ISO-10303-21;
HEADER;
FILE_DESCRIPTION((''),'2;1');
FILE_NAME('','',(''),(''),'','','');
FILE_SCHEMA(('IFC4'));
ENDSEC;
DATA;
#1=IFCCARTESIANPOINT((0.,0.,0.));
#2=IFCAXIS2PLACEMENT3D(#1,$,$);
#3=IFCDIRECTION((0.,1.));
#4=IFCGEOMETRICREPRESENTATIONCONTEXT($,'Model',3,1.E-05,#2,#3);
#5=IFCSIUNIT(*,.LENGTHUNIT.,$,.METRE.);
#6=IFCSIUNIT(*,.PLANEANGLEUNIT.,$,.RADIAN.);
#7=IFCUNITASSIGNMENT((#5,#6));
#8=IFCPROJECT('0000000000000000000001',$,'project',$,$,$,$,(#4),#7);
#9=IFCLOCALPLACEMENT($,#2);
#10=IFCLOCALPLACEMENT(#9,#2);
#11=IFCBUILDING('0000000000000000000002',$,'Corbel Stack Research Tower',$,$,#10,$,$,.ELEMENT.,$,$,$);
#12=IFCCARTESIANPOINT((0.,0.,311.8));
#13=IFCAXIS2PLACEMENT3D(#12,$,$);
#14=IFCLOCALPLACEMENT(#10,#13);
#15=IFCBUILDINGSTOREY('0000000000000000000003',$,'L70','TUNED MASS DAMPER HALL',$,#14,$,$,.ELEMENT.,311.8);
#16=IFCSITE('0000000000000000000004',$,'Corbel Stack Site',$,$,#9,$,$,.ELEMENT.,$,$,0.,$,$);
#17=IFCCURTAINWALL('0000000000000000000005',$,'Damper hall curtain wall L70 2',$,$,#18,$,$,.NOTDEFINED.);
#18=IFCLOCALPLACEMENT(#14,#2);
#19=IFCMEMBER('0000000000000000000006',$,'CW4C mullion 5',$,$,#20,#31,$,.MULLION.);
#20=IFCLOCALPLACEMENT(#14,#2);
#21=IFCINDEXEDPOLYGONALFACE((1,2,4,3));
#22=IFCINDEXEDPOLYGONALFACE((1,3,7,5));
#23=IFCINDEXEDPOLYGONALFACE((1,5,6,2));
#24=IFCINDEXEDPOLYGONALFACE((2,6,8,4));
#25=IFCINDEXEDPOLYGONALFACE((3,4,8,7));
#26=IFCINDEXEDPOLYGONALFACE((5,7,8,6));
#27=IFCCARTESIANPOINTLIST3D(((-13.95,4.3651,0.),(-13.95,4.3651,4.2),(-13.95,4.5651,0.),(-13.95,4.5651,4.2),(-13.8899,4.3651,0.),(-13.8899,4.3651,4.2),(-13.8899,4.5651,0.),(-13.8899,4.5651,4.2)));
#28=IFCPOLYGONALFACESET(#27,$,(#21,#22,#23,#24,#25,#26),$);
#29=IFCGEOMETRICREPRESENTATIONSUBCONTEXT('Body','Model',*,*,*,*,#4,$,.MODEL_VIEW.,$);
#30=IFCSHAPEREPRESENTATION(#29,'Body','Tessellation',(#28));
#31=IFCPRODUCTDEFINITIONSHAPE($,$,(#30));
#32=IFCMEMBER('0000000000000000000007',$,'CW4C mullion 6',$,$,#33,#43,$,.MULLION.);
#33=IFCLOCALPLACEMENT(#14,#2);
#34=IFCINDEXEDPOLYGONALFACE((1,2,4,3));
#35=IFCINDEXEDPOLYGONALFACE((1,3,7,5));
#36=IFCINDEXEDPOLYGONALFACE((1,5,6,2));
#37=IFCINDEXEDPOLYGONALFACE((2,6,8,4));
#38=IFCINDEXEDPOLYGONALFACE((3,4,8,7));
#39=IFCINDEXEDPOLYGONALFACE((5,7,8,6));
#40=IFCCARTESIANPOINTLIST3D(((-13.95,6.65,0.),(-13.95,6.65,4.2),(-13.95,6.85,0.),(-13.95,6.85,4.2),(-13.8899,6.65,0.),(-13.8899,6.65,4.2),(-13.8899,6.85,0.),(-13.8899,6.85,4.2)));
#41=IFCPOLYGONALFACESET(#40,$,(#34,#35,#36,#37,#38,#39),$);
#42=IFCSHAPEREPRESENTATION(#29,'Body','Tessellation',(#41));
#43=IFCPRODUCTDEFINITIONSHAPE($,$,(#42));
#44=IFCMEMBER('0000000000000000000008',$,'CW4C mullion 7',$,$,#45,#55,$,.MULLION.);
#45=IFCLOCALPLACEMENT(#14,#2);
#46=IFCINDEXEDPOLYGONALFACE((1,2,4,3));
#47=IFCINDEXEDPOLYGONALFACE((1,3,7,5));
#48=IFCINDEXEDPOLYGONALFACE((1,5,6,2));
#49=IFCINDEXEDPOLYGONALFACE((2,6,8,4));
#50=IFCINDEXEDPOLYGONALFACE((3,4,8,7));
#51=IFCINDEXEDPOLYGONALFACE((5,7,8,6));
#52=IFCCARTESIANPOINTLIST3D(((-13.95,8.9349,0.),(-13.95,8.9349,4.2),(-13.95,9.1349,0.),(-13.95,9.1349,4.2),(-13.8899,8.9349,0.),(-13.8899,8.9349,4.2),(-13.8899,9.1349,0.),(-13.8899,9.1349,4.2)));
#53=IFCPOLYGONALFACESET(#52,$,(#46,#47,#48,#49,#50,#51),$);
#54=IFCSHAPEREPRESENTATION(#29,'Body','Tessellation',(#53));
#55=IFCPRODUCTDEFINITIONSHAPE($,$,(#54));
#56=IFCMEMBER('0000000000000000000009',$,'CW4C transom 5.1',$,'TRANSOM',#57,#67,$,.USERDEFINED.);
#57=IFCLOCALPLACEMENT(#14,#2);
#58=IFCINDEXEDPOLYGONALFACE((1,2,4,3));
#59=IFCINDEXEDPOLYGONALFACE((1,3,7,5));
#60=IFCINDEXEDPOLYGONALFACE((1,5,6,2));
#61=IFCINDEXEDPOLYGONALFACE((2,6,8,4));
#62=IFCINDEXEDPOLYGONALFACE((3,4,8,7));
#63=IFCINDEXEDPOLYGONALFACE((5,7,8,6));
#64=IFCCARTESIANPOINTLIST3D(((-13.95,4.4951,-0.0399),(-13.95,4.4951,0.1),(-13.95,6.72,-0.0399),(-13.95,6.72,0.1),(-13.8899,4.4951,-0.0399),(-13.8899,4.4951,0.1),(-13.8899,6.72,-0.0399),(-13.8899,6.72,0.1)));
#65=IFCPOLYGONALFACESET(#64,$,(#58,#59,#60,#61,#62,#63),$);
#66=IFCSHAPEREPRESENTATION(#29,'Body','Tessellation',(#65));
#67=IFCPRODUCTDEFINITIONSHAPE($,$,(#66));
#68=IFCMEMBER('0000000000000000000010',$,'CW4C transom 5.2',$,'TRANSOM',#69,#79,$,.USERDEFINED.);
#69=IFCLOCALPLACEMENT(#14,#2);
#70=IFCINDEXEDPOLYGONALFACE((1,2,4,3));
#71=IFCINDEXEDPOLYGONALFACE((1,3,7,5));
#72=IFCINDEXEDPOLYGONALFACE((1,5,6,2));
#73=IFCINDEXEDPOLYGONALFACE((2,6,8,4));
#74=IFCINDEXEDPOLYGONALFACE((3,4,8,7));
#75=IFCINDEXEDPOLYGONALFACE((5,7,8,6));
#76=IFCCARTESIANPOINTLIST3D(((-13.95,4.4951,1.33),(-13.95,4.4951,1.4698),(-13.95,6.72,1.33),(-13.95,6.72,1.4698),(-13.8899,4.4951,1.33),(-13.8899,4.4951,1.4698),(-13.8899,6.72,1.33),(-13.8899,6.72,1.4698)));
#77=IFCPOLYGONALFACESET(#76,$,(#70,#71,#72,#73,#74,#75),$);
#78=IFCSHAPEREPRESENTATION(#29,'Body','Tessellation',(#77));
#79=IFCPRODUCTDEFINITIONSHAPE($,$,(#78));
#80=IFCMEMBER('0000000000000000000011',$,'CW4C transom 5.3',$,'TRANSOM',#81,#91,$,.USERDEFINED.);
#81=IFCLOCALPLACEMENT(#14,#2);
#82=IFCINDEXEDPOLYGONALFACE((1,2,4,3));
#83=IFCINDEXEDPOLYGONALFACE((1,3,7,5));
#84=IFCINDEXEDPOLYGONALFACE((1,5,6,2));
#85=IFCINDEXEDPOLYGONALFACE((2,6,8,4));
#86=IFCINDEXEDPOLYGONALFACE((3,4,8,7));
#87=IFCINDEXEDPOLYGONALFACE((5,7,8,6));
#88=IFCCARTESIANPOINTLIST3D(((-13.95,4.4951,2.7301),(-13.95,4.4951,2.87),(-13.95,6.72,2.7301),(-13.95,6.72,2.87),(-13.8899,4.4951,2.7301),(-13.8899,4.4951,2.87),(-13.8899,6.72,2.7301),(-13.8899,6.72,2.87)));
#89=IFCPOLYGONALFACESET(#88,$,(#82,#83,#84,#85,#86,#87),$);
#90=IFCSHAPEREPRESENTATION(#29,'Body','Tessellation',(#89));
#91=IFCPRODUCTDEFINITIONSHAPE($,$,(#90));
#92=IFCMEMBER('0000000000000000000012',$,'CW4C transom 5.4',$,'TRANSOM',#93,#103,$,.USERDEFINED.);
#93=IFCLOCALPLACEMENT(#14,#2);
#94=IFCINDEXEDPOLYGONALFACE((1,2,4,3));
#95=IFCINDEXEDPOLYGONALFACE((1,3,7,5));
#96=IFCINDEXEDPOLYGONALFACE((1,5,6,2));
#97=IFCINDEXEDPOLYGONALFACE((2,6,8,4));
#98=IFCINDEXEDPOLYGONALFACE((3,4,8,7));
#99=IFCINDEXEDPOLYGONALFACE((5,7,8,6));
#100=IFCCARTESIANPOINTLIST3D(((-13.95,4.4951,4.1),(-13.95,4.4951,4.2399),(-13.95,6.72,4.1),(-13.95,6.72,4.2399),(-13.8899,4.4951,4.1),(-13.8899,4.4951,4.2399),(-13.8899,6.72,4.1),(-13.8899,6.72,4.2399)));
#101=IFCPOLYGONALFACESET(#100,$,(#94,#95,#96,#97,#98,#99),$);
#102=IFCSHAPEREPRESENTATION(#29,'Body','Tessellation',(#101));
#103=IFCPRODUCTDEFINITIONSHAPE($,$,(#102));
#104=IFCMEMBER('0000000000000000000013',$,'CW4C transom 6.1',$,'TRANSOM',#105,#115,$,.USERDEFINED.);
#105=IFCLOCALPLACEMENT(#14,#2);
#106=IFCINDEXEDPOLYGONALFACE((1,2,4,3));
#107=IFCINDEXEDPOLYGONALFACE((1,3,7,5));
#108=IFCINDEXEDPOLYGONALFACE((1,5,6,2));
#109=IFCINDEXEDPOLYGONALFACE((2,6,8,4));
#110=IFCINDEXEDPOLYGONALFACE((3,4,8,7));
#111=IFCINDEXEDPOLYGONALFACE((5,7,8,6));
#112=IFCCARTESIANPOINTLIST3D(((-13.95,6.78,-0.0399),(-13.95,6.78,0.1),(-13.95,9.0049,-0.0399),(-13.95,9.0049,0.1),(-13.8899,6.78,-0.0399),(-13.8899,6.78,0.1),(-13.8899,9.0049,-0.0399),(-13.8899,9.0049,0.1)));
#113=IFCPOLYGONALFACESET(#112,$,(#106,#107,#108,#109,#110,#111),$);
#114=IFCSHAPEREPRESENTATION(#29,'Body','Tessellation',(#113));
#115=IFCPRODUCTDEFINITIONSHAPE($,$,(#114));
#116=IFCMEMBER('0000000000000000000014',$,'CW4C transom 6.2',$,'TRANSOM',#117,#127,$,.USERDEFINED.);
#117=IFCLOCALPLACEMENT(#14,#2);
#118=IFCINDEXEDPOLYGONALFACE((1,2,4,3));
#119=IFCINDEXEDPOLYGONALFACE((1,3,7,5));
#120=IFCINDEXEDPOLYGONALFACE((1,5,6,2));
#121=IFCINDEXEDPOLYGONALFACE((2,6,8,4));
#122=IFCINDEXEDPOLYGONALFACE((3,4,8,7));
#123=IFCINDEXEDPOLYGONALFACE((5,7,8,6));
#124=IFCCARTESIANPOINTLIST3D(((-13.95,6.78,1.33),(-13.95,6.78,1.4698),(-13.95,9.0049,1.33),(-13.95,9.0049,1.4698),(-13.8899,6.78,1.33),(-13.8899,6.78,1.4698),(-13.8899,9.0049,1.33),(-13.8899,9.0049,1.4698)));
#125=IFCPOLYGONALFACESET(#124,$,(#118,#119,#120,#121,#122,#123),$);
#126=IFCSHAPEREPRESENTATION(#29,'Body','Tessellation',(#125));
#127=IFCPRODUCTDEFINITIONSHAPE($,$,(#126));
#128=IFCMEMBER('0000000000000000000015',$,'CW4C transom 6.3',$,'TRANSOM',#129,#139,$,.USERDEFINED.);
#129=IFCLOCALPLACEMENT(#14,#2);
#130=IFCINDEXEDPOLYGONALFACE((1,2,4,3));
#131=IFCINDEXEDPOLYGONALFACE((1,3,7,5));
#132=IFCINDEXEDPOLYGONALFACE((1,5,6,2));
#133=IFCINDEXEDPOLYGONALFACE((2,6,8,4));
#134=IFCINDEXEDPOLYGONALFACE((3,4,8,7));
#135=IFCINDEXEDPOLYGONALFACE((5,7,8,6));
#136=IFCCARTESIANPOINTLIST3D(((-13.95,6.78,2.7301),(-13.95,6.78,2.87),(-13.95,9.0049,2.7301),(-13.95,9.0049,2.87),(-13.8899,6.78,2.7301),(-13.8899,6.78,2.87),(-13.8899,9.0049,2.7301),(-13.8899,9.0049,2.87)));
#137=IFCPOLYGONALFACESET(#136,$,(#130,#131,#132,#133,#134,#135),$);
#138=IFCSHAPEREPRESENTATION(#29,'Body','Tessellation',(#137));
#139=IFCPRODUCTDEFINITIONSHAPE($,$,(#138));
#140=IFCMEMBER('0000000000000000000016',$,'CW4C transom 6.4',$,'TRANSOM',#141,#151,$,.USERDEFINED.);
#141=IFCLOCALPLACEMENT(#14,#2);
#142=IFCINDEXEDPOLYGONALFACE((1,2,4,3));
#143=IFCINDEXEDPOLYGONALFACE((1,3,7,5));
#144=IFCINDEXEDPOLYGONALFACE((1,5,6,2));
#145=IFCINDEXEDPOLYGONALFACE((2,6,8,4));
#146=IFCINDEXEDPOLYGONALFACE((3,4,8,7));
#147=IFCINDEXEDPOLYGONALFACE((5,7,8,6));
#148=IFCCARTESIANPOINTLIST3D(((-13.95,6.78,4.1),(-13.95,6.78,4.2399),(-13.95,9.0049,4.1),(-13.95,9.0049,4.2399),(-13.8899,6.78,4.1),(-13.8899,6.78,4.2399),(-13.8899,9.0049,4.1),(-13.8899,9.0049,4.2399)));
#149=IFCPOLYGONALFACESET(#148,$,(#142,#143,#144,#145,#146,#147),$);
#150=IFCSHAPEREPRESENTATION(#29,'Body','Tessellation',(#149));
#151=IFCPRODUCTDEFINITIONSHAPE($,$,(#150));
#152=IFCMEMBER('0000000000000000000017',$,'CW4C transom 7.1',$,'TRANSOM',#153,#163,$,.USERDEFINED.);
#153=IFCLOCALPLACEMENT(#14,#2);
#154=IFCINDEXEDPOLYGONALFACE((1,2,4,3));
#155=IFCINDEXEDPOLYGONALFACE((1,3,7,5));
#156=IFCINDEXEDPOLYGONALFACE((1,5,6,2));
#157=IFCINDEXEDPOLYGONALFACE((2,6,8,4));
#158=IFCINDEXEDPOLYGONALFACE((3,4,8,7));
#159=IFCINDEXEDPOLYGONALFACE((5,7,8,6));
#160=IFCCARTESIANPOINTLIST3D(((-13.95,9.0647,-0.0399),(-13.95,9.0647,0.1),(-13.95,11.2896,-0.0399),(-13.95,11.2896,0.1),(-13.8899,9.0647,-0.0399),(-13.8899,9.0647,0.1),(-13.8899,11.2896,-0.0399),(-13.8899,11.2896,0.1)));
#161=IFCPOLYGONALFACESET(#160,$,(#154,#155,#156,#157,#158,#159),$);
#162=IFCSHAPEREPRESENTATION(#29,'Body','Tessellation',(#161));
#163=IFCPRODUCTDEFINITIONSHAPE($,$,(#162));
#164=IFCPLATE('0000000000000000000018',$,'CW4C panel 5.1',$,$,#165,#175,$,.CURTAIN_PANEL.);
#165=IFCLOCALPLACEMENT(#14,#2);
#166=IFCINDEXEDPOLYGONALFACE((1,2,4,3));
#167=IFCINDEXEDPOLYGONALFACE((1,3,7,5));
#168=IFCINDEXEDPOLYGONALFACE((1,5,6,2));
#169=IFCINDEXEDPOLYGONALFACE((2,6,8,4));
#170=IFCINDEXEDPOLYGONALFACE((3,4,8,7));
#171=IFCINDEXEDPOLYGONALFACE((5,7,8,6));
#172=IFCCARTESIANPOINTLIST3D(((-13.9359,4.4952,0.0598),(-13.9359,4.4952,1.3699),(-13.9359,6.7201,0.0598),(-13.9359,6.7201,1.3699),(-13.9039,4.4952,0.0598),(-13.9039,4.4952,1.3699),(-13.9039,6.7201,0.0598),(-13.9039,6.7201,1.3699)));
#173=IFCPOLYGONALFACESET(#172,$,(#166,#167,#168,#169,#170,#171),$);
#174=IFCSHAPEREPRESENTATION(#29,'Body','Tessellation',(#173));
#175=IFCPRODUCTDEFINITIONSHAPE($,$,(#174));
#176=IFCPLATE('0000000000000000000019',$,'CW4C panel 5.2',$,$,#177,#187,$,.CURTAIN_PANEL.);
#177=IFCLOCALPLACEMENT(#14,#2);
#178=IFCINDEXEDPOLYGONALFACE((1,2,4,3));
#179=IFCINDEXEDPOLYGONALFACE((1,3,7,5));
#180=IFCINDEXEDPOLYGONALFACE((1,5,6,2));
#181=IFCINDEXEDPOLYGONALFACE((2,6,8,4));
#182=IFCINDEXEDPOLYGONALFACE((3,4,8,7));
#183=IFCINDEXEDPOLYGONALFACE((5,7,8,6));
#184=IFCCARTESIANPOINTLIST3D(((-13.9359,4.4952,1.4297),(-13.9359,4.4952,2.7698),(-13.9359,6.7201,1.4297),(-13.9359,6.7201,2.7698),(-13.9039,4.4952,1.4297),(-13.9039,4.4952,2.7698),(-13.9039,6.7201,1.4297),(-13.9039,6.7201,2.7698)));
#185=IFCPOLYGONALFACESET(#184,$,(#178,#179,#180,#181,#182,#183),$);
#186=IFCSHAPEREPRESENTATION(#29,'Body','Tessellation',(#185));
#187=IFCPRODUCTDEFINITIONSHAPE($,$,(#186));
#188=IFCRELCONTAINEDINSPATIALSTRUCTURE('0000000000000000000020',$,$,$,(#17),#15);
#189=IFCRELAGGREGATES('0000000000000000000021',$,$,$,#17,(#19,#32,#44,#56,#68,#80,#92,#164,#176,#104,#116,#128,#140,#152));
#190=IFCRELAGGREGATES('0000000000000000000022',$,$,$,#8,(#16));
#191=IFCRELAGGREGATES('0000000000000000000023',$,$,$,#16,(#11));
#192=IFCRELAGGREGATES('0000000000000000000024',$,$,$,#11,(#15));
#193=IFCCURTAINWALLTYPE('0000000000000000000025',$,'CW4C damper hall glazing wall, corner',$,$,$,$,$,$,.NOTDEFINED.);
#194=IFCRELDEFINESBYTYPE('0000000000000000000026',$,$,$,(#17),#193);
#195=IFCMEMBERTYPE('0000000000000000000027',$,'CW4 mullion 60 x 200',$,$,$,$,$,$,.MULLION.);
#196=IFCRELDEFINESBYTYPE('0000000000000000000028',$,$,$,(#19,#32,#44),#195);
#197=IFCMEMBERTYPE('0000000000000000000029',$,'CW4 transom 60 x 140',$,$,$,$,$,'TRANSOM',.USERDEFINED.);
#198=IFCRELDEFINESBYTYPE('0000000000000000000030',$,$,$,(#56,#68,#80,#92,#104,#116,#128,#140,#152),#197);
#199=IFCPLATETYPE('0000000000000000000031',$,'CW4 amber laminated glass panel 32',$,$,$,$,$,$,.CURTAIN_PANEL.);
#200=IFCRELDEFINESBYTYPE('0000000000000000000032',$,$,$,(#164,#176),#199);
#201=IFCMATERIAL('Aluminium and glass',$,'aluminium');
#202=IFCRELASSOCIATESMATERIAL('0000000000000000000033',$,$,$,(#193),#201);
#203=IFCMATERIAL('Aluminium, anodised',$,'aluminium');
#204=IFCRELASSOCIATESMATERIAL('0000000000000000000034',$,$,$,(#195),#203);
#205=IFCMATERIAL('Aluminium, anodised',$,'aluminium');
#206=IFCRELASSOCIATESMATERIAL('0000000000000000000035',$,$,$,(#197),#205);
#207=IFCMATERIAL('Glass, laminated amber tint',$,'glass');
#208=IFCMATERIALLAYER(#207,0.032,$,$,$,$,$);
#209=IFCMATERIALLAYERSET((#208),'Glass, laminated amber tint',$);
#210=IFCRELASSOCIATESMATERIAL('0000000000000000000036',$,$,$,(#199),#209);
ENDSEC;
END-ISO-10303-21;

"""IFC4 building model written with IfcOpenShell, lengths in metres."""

from ifc_helpers import new_model, si_unit, direction, frame, origin, origin_2d, place, context, subcontext, project, spatial, rectangle, extrude, material, layer, layer_set, material_profile, profile_set, type_object, element, aggregate, save


model = new_model("IFC4")

# Units and contexts
model_context = context("Model", 3, precision=1e-05, world=origin(), true_north=direction((0.0, 1.0)))
body_context = subcontext(model_context, "Body", "Model", "MODEL_VIEW")
ifc_project = project(units=[si_unit("LENGTHUNIT", "METRE"), si_unit("PLANEANGLEUNIT", "RADIAN")], contexts=[model_context])

# Site, building, storey
site_placement = place(None, origin())
site = spatial("IfcSite", under=ifc_project, at=site_placement, Name="Corbel Stack Site", CompositionType="ELEMENT", RefElevation=0.0)
building_placement = place(site_placement, origin())
building = spatial("IfcBuilding", under=site, at=building_placement, Name="Corbel Stack Research Tower", CompositionType="ELEMENT")
storey_placement = place(building_placement, frame((0.0, 0.0, 311.8)))
storey = spatial("IfcBuildingStorey", under=building, at=storey_placement, Name="L70", Description="TUNED MASS DAMPER HALL", CompositionType="ELEMENT", Elevation=311.8)

# Curtain wall, members, plates
ifc_material_1 = material(Name="Aluminium and glass", Category="aluminium")
curtain_wall_type = type_object("IfcCurtainWallType", Name="CW4C damper hall glazing wall, corner", PredefinedType="NOTDEFINED", material=ifc_material_1)
curtain_wall_placement = place(storey_placement, origin())
curtain_wall = element("IfcCurtainWall", 1, at=curtain_wall_placement, inside=storey, type_object=curtain_wall_type, Name="Damper hall curtain wall L70 2", PredefinedType="NOTDEFINED")
ifc_material_2 = material(Name="Aluminium, anodised", Category="aluminium")
ifc_material_profile_1 = material_profile(ifc_material_2, rectangle(XDim=0.0601, YDim=0.2, at=origin_2d()), Name="CW4 mullion 60 x 200")
ifc_profile_set_1 = profile_set([ifc_material_profile_1], Name="Aluminium, anodised")
member_type_1 = type_object("IfcMemberType", Name="CW4 mullion 60 x 200", PredefinedType="MULLION", material=ifc_profile_set_1)
member_1_placement = place(storey_placement, frame((-13.9199, 4.4651, 0.0), z_axis=(0.0, 0.0, 1.0), x_axis=(-1.0, 0.0, 0.0)))
member_1 = element("IfcMember", 2, at=member_1_placement, type_object=member_type_1, Name="CW4C mullion 5", PredefinedType="MULLION", context=body_context, shape_type="SweptSolid", body=[
    extrude(rectangle(XDim=0.0601, YDim=0.2, at=origin_2d()), origin(), (0.0, 0.0, 1.0), 4.2),
])
member_2_placement = place(storey_placement, frame((-13.9199, 6.75, 0.0), z_axis=(0.0, 0.0, 1.0), x_axis=(-1.0, 0.0, 0.0)))
member_2 = element("IfcMember", 3, at=member_2_placement, type_object=member_type_1, Name="CW4C mullion 6", PredefinedType="MULLION", context=body_context, shape_type="SweptSolid", body=[
    extrude(rectangle(XDim=0.0601, YDim=0.2, at=origin_2d()), origin(), (0.0, 0.0, 1.0), 4.2),
])
member_3_placement = place(storey_placement, frame((-13.9199, 9.0349, 0.0), z_axis=(0.0, 0.0, 1.0), x_axis=(-1.0, 0.0, 0.0)))
member_3 = element("IfcMember", 4, at=member_3_placement, type_object=member_type_1, Name="CW4C mullion 7", PredefinedType="MULLION", context=body_context, shape_type="SweptSolid", body=[
    extrude(rectangle(XDim=0.0601, YDim=0.2, at=origin_2d()), origin(), (0.0, 0.0, 1.0), 4.2),
])
ifc_material_3 = material(Name="Aluminium, anodised", Category="aluminium")
ifc_material_profile_2 = material_profile(ifc_material_3, rectangle(XDim=0.0601, YDim=0.1399, at=origin_2d()), Name="CW4 transom 60 x 140")
ifc_profile_set_2 = profile_set([ifc_material_profile_2], Name="Aluminium, anodised")
member_type_2 = type_object("IfcMemberType", Name="CW4 transom 60 x 140", ElementType="TRANSOM", PredefinedType="USERDEFINED", material=ifc_profile_set_2)
member_4_placement = place(storey_placement, frame((-13.9199, 4.4951, 0.03), z_axis=(0.0, 1.0, 0.0), x_axis=(-1.0, 0.0, 0.0)))
member_4 = element("IfcMember", 5, at=member_4_placement, type_object=member_type_2, Name="CW4C transom 5.1", ObjectType="TRANSOM", PredefinedType="USERDEFINED", context=body_context, shape_type="SweptSolid", body=[
    extrude(rectangle(XDim=0.0601, YDim=0.1399, at=origin_2d()), origin(), (0.0, 0.0, 1.0), 2.2249),
])
member_5_placement = place(storey_placement, frame((-13.9199, 4.4951, 1.3999), z_axis=(0.0, 1.0, 0.0), x_axis=(-1.0, 0.0, 0.0)))
member_5 = element("IfcMember", 6, at=member_5_placement, type_object=member_type_2, Name="CW4C transom 5.2", ObjectType="TRANSOM", PredefinedType="USERDEFINED", context=body_context, shape_type="SweptSolid", body=[
    extrude(rectangle(XDim=0.0601, YDim=0.1399, at=origin_2d()), origin(), (0.0, 0.0, 1.0), 2.2249),
])
member_6_placement = place(storey_placement, frame((-13.9199, 4.4951, 2.8), z_axis=(0.0, 1.0, 0.0), x_axis=(-1.0, 0.0, 0.0)))
member_6 = element("IfcMember", 7, at=member_6_placement, type_object=member_type_2, Name="CW4C transom 5.3", ObjectType="TRANSOM", PredefinedType="USERDEFINED", context=body_context, shape_type="SweptSolid", body=[
    extrude(rectangle(XDim=0.0601, YDim=0.1399, at=origin_2d()), origin(), (0.0, 0.0, 1.0), 2.2249),
])
member_7_placement = place(storey_placement, frame((-13.9199, 4.4951, 4.1699), z_axis=(0.0, 1.0, 0.0), x_axis=(-1.0, 0.0, 0.0)))
member_7 = element("IfcMember", 8, at=member_7_placement, type_object=member_type_2, Name="CW4C transom 5.4", ObjectType="TRANSOM", PredefinedType="USERDEFINED", context=body_context, shape_type="SweptSolid", body=[
    extrude(rectangle(XDim=0.0601, YDim=0.1399, at=origin_2d()), origin(), (0.0, 0.0, 1.0), 2.2249),
])
member_8_placement = place(storey_placement, frame((-13.9199, 6.78, 0.03), z_axis=(0.0, 1.0, 0.0), x_axis=(-1.0, 0.0, 0.0)))
member_8 = element("IfcMember", 9, at=member_8_placement, type_object=member_type_2, Name="CW4C transom 6.1", ObjectType="TRANSOM", PredefinedType="USERDEFINED", context=body_context, shape_type="SweptSolid", body=[
    extrude(rectangle(XDim=0.0601, YDim=0.1399, at=origin_2d()), origin(), (0.0, 0.0, 1.0), 2.2249),
])
member_9_placement = place(storey_placement, frame((-13.9199, 6.78, 1.3999), z_axis=(0.0, 1.0, 0.0), x_axis=(-1.0, 0.0, 0.0)))
member_9 = element("IfcMember", 10, at=member_9_placement, type_object=member_type_2, Name="CW4C transom 6.2", ObjectType="TRANSOM", PredefinedType="USERDEFINED", context=body_context, shape_type="SweptSolid", body=[
    extrude(rectangle(XDim=0.0601, YDim=0.1399, at=origin_2d()), origin(), (0.0, 0.0, 1.0), 2.2249),
])
member_10_placement = place(storey_placement, frame((-13.9199, 6.78, 2.8), z_axis=(0.0, 1.0, 0.0), x_axis=(-1.0, 0.0, 0.0)))
member_10 = element("IfcMember", 11, at=member_10_placement, type_object=member_type_2, Name="CW4C transom 6.3", ObjectType="TRANSOM", PredefinedType="USERDEFINED", context=body_context, shape_type="SweptSolid", body=[
    extrude(rectangle(XDim=0.0601, YDim=0.1399, at=origin_2d()), origin(), (0.0, 0.0, 1.0), 2.2249),
])
member_11_placement = place(storey_placement, frame((-13.9199, 6.78, 4.1699), z_axis=(0.0, 1.0, 0.0), x_axis=(-1.0, 0.0, 0.0)))
member_11 = element("IfcMember", 12, at=member_11_placement, type_object=member_type_2, Name="CW4C transom 6.4", ObjectType="TRANSOM", PredefinedType="USERDEFINED", context=body_context, shape_type="SweptSolid", body=[
    extrude(rectangle(XDim=0.0601, YDim=0.1399, at=origin_2d()), origin(), (0.0, 0.0, 1.0), 2.2249),
])
member_12_placement = place(storey_placement, frame((-13.9199, 9.0647, 0.03), z_axis=(0.0, 1.0, 0.0), x_axis=(-1.0, 0.0, 0.0)))
member_12 = element("IfcMember", 13, at=member_12_placement, type_object=member_type_2, Name="CW4C transom 7.1", ObjectType="TRANSOM", PredefinedType="USERDEFINED", context=body_context, shape_type="SweptSolid", body=[
    extrude(rectangle(XDim=0.0601, YDim=0.1399, at=origin_2d()), origin(), (0.0, 0.0, 1.0), 2.2249),
])
ifc_material_4 = material(Name="Glass, laminated amber tint", Category="glass")
ifc_layer = layer(ifc_material_4, 0.032)
ifc_layer_set = layer_set([ifc_layer], Name="Glass, laminated amber tint")
plate_type = type_object("IfcPlateType", Name="CW4 amber laminated glass panel 32", PredefinedType="CURTAIN_PANEL", material=ifc_layer_set)
plate_1_placement = place(storey_placement, frame((-13.9199, 5.6077, 0.0598), z_axis=(0.0, 0.0, 1.0), x_axis=(0.0, 1.0, 0.0)))
plate_1 = element("IfcPlate", 14, at=plate_1_placement, type_object=plate_type, Name="CW4C panel 5.1", PredefinedType="CURTAIN_PANEL", context=body_context, shape_type="SweptSolid", body=[
    extrude(rectangle(XDim=2.2249, YDim=0.032, at=origin_2d()), origin(), (0.0, 0.0, 1.0), 1.3101),
])
plate_2_placement = place(storey_placement, frame((-13.9199, 5.6077, 1.4297), z_axis=(0.0, 0.0, 1.0), x_axis=(0.0, 1.0, 0.0)))
plate_2 = element("IfcPlate", 15, at=plate_2_placement, type_object=plate_type, Name="CW4C panel 5.2", PredefinedType="CURTAIN_PANEL", context=body_context, shape_type="SweptSolid", body=[
    extrude(rectangle(XDim=2.2249, YDim=0.032, at=origin_2d()), origin(), (0.0, 0.0, 1.0), 1.3401),
])
aggregate(curtain_wall, [member_1, member_2, member_3, member_4, member_5, member_6, member_7, plate_1, plate_2, member_8, member_9, member_10, member_11, member_12])

save(model, "model.ifc")
